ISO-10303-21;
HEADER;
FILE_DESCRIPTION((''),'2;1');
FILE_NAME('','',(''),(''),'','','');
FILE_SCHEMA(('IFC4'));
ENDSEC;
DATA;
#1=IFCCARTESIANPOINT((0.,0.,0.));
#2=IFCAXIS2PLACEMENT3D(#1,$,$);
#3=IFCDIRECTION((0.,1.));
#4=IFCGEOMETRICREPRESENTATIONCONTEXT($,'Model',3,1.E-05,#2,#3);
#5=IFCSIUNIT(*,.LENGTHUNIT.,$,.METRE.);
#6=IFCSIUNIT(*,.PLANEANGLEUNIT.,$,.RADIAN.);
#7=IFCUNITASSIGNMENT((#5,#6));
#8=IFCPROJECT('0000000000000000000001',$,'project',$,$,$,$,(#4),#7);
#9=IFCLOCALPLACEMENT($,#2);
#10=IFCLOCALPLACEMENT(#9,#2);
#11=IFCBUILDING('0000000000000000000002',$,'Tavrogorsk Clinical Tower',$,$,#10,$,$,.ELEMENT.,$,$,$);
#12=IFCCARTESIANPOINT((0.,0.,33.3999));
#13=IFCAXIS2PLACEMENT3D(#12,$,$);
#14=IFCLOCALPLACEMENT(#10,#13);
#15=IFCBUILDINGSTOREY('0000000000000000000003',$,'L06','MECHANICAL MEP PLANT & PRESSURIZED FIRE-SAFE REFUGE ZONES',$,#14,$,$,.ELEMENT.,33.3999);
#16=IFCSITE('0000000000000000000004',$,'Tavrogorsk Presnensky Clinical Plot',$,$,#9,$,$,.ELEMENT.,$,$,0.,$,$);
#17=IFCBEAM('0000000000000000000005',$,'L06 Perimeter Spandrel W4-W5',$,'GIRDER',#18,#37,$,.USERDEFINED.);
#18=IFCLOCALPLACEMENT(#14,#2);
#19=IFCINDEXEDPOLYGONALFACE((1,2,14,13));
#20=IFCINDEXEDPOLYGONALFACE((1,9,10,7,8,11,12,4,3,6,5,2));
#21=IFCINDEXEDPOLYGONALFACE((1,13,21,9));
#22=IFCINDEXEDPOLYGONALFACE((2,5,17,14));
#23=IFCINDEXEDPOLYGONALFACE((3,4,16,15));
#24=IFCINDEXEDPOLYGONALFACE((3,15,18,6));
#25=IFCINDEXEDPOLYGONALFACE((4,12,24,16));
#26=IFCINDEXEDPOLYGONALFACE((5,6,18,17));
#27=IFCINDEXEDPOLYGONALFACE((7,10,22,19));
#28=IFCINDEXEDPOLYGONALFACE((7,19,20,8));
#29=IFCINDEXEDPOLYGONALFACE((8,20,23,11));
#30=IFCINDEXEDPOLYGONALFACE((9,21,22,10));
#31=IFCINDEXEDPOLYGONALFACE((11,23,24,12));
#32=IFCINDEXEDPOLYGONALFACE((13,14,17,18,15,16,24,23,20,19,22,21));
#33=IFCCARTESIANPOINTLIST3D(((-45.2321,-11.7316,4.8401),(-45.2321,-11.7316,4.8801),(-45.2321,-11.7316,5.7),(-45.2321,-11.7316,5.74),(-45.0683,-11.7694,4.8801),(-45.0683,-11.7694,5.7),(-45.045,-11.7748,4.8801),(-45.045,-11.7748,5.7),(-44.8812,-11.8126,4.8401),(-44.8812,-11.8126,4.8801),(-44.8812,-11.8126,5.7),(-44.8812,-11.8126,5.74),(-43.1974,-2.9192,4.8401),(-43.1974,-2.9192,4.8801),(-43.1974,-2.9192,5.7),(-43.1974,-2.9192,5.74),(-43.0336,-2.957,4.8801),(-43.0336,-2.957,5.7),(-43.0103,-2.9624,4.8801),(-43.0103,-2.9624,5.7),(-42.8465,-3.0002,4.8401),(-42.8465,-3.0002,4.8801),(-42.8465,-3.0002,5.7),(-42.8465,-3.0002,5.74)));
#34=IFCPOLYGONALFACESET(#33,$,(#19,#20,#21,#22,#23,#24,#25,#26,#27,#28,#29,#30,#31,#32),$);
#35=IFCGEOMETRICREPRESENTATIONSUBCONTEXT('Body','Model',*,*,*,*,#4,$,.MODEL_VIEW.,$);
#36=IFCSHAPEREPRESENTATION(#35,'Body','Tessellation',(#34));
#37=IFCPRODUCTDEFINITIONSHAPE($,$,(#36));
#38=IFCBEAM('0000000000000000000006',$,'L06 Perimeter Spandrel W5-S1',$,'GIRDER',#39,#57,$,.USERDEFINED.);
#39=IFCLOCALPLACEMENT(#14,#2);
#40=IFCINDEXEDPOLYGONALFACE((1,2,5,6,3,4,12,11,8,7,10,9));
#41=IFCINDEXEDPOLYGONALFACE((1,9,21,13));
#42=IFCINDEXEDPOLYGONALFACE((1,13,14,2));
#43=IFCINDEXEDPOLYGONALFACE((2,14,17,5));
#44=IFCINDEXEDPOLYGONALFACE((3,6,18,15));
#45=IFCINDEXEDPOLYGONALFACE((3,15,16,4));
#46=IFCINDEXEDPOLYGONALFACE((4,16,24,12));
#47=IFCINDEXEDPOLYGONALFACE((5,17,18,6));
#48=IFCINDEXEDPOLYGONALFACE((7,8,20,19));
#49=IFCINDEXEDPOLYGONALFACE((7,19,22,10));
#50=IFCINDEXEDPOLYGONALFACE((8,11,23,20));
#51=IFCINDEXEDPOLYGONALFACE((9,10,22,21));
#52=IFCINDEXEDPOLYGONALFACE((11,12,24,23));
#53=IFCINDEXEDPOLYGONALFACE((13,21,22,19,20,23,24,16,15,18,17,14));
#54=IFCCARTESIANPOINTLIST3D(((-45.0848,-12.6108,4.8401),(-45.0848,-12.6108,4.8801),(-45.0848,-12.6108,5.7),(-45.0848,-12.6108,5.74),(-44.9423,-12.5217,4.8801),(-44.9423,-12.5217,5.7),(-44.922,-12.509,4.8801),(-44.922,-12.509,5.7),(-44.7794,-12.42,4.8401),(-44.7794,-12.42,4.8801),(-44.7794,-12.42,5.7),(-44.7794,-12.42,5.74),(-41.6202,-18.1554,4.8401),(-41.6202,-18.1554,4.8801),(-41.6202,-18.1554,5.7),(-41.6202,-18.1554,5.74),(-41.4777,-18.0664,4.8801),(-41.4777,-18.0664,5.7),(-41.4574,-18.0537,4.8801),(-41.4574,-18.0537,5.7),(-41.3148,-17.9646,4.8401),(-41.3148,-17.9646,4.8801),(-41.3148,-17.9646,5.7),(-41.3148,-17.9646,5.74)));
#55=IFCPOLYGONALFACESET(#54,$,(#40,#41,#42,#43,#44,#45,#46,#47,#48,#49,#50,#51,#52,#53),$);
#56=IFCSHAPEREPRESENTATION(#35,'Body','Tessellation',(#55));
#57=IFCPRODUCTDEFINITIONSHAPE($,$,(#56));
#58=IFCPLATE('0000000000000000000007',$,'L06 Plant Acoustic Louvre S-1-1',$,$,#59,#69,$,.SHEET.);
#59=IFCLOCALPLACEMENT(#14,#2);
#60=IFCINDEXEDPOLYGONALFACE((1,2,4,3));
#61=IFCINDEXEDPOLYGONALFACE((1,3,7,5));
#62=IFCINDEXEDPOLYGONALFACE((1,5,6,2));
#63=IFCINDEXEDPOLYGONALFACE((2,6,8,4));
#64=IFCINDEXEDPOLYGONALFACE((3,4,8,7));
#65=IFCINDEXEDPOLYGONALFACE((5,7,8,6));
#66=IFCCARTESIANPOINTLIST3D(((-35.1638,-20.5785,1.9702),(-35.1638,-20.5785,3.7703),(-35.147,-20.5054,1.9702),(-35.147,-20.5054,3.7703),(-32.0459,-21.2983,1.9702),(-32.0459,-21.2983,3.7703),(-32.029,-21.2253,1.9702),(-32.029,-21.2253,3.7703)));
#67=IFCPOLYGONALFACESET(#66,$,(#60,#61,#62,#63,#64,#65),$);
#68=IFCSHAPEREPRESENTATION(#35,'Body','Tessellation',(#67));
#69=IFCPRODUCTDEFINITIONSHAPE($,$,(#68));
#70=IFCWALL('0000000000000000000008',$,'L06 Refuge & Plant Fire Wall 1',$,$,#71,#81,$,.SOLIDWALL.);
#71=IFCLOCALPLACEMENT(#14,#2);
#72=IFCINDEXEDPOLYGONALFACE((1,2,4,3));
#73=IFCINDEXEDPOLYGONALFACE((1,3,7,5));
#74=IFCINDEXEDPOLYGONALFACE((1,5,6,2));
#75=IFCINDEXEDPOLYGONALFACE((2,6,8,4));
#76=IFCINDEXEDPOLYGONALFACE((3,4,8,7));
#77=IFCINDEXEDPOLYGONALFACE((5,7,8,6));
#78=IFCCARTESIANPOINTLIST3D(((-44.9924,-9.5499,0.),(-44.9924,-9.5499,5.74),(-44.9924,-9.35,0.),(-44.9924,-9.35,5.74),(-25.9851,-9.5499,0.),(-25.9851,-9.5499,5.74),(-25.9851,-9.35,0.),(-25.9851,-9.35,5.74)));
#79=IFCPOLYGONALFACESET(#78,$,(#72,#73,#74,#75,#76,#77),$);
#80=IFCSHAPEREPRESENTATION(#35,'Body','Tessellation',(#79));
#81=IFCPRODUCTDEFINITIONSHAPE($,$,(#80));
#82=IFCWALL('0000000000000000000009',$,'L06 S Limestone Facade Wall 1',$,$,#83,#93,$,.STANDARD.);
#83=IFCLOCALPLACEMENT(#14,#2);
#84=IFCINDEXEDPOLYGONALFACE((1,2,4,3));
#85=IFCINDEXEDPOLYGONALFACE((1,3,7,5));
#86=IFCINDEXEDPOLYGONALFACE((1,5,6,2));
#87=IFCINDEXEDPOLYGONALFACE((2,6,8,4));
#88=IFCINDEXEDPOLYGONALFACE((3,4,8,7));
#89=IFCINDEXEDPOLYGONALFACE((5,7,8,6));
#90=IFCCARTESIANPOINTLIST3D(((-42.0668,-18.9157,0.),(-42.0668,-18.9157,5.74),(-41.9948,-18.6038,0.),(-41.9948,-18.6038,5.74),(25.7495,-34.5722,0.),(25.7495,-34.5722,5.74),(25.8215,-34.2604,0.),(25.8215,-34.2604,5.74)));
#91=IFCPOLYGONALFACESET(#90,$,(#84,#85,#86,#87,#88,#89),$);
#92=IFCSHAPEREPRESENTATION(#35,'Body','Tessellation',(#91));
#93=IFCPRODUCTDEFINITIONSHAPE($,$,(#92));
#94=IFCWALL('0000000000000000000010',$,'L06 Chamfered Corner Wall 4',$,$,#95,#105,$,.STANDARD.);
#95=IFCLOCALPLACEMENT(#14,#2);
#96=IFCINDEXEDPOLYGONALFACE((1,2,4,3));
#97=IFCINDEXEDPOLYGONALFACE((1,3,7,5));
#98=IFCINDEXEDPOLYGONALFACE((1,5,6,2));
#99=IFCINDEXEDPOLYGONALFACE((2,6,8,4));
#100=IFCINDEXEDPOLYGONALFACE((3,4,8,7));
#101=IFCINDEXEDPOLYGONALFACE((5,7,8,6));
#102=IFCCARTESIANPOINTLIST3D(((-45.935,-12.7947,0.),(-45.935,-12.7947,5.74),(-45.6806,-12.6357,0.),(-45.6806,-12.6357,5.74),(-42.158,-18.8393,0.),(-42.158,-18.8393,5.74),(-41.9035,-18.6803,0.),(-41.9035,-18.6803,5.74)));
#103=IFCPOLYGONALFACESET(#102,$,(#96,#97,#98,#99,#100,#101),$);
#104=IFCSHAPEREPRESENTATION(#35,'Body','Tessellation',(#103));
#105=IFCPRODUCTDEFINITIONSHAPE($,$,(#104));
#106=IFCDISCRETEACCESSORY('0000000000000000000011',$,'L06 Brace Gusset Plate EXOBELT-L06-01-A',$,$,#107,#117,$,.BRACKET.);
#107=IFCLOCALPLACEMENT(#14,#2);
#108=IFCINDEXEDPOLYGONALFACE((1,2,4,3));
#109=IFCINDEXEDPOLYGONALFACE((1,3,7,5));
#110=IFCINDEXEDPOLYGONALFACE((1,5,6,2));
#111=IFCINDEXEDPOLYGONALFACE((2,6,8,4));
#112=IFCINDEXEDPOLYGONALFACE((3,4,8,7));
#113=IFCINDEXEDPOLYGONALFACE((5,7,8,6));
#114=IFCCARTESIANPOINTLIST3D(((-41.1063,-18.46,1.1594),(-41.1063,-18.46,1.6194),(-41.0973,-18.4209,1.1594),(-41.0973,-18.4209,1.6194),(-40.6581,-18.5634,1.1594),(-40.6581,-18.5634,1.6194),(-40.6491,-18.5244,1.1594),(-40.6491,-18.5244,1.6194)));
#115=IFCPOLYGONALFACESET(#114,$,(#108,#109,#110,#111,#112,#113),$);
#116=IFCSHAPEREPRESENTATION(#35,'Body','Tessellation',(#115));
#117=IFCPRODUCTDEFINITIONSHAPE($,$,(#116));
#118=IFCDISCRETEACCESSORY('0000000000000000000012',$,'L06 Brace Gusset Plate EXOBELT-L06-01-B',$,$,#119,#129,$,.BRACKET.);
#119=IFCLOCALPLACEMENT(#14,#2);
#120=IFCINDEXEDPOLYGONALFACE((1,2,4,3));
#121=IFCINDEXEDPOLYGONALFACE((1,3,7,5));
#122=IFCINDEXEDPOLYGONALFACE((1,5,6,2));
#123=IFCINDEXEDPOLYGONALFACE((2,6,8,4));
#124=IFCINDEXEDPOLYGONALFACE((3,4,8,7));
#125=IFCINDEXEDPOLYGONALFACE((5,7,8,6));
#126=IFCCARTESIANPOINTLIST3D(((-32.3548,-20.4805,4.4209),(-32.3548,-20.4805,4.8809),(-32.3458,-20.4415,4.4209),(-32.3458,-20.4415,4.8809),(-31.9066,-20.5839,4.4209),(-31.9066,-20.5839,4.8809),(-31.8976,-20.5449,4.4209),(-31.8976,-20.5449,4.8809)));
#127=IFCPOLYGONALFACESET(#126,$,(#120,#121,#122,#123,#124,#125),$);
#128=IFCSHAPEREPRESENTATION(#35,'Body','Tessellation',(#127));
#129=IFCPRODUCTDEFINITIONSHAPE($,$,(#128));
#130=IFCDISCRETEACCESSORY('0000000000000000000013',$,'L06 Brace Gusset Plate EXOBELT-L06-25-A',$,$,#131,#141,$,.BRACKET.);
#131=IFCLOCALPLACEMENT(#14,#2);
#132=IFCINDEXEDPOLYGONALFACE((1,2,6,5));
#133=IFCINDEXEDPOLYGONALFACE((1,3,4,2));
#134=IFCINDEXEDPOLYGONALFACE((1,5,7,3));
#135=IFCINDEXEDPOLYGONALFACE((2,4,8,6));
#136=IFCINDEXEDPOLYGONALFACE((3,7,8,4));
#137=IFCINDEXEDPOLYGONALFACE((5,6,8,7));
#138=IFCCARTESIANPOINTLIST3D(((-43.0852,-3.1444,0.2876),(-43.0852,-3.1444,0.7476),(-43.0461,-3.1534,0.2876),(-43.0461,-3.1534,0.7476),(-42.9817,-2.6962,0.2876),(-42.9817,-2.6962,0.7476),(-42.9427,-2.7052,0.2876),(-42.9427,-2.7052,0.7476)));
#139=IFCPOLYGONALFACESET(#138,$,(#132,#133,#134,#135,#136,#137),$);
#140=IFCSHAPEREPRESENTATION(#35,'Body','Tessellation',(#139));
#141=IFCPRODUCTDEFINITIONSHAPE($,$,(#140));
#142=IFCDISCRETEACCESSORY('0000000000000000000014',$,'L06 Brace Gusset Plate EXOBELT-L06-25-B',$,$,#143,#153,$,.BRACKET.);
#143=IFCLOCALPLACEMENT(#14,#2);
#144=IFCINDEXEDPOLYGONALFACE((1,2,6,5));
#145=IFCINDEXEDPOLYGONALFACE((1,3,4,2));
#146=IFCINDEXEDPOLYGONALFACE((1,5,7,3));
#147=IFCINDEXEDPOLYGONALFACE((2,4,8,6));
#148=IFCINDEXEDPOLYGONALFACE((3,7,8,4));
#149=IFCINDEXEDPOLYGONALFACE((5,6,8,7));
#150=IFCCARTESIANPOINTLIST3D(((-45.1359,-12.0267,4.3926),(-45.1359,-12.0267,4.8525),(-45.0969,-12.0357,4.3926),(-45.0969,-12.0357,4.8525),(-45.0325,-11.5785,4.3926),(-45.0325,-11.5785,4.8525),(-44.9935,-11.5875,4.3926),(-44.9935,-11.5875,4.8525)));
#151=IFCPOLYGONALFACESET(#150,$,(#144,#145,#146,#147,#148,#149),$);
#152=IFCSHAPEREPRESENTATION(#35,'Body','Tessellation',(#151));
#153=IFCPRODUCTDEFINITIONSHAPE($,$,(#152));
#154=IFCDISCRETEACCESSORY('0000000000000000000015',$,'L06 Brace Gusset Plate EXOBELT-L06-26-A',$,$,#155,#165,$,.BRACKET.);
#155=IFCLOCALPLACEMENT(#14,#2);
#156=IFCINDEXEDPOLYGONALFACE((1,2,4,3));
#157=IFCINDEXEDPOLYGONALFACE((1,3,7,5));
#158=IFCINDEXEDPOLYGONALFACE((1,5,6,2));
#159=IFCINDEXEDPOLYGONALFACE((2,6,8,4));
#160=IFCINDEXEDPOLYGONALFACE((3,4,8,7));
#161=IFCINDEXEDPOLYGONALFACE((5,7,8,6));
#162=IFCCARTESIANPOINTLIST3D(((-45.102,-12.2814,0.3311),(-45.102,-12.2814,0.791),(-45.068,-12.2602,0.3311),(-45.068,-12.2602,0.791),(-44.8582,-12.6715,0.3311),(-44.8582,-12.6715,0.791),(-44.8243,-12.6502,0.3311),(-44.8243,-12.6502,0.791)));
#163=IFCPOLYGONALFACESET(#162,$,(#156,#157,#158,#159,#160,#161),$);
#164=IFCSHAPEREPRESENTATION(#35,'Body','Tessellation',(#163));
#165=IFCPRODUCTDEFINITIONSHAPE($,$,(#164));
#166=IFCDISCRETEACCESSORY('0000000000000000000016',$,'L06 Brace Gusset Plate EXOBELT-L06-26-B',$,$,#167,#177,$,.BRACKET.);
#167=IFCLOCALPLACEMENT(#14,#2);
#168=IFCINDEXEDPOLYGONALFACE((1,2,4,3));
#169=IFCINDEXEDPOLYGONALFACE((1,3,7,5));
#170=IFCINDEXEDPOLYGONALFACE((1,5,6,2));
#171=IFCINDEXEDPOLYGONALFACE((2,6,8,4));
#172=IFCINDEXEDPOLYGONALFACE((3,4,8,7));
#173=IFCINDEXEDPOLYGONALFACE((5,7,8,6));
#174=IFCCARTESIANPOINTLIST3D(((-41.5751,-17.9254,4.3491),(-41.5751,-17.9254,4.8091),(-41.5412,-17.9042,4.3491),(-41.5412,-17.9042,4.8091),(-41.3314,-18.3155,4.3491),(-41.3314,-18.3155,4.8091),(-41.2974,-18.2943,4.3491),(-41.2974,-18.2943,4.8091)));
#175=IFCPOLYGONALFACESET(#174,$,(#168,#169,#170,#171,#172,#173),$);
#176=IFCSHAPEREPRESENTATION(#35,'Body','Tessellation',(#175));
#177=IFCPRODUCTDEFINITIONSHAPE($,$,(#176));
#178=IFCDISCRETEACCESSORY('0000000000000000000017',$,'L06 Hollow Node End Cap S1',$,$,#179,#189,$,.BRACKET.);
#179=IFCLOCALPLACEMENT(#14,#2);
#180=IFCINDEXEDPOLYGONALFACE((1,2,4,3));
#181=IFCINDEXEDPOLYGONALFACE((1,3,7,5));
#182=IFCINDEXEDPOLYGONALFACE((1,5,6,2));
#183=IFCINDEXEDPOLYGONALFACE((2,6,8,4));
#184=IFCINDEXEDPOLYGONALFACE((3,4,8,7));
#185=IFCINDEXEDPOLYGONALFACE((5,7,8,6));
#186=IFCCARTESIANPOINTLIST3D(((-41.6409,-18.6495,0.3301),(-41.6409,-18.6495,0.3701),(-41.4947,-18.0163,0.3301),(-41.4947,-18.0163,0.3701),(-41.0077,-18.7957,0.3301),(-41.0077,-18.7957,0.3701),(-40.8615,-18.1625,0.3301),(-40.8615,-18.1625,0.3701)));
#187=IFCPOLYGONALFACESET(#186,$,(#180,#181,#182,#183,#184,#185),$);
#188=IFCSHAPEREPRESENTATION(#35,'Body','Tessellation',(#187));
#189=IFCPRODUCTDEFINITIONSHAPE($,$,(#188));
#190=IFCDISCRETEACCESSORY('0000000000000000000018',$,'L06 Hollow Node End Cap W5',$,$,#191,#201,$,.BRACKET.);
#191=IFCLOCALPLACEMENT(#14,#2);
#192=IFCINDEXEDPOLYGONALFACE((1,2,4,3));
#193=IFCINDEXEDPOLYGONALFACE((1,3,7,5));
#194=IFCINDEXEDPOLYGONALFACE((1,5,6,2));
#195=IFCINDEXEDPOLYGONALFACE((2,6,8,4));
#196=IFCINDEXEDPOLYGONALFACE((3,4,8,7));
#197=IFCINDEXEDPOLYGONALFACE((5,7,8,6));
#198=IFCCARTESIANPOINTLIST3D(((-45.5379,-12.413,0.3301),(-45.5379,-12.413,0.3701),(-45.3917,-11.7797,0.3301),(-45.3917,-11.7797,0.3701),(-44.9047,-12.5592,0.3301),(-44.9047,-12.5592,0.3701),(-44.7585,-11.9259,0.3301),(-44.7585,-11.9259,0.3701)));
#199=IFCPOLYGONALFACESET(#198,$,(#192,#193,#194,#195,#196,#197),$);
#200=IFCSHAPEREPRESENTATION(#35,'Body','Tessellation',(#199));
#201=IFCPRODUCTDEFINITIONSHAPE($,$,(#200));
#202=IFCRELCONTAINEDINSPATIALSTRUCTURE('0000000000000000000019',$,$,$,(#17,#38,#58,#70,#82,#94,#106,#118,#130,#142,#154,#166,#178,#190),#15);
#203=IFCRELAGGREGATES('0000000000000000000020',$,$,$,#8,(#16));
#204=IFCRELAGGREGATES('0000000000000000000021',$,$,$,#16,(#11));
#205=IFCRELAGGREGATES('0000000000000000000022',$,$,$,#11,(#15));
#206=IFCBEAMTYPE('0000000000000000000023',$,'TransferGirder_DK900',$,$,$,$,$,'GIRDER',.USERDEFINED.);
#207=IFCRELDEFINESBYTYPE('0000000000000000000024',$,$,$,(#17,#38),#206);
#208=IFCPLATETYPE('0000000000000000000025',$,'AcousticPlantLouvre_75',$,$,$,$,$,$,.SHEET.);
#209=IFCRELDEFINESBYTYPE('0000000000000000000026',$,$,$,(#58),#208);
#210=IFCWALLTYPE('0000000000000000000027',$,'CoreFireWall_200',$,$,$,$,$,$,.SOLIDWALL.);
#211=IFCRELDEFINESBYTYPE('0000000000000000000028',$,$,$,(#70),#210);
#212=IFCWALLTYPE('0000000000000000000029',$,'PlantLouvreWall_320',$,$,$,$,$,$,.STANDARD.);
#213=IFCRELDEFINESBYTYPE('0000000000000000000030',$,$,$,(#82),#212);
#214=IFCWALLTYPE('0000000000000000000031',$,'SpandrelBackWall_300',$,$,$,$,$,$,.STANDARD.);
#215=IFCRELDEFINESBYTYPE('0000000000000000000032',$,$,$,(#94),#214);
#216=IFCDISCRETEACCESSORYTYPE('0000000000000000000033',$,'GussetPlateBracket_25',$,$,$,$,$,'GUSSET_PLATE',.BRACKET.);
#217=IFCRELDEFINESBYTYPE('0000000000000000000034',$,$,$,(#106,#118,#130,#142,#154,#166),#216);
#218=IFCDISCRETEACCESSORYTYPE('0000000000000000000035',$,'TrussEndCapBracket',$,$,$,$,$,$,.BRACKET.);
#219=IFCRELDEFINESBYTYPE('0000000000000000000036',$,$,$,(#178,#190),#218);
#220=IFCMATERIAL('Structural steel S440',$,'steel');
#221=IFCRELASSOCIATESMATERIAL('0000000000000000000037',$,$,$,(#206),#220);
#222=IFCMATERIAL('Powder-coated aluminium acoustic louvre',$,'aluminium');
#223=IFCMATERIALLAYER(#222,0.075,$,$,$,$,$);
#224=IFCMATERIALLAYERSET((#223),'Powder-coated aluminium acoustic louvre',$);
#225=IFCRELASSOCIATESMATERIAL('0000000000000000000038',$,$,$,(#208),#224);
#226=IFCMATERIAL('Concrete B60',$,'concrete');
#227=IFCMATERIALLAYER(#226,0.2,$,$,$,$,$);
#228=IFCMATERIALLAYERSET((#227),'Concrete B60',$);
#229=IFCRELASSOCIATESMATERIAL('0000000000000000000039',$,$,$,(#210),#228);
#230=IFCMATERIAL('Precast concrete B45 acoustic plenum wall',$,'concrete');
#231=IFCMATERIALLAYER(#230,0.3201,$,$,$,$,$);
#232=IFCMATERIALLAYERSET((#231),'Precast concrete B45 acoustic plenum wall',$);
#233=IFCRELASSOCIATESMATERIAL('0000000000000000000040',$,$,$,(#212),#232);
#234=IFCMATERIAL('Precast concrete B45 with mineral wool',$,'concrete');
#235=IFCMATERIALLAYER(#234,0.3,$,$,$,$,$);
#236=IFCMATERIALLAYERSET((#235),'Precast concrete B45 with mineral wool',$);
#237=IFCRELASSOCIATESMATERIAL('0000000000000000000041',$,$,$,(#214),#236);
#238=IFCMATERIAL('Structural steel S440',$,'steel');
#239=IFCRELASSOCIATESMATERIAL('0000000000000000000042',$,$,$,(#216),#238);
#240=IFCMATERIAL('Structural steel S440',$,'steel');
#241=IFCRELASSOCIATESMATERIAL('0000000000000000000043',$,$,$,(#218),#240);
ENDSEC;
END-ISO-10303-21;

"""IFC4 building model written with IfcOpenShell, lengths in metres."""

from ifc_helpers import new_model, si_unit, direction, frame, frame_2d, origin, origin_2d, place, context, subcontext, project, spatial, rectangle, i_section, extrude, material, layer, layer_set, material_profile, profile_set, type_object, element, save


model = new_model("IFC4")

# Units and contexts
model_context = context("Model", 3, precision=1e-05, world=origin(), true_north=direction((0.0, 1.0)))
body_context = subcontext(model_context, "Body", "Model", "MODEL_VIEW")
ifc_project = project(units=[si_unit("LENGTHUNIT", "METRE"), si_unit("PLANEANGLEUNIT", "RADIAN")], contexts=[model_context])

# Site, building, storey
site_placement = place(None, origin())
site = spatial("IfcSite", under=ifc_project, at=site_placement, Name="Tavrogorsk Presnensky Clinical Plot", CompositionType="ELEMENT", RefElevation=0.0)
building_placement = place(site_placement, origin())
building = spatial("IfcBuilding", under=site, at=building_placement, Name="Tavrogorsk Clinical Tower", CompositionType="ELEMENT")
storey_placement = place(building_placement, frame((0.0, 0.0, 33.3999)))
storey = spatial("IfcBuildingStorey", under=building, at=storey_placement, Name="L06", Description="MECHANICAL MEP PLANT & PRESSURIZED FIRE-SAFE REFUGE ZONES", CompositionType="ELEMENT", Elevation=33.3999)

# Beams
ifc_material_1 = material(Name="Structural steel S440", Category="steel")
ifc_material_profile_1 = material_profile(ifc_material_1, i_section(OverallWidth=0.3601, OverallDepth=0.8999, WebThickness=0.0239, FlangeThickness=0.04, at=origin_2d()), Name="DK-900x360x24x40")
ifc_profile_set_1 = profile_set([ifc_material_profile_1], Name="Structural steel S440")
beam_type = type_object("IfcBeamType", Name="TransferGirder_DK900", ElementType="GIRDER", PredefinedType="USERDEFINED", material=ifc_profile_set_1)
beam_1_placement = place(storey_placement, frame((-43.022, -2.9597, 5.29), z_axis=(-0.224972, -0.974365, 0.0), x_axis=(0.974365, -0.224972, 0.0)))
element("IfcBeam", 1, at=beam_1_placement, inside=storey, type_object=beam_type, Name="L06 Perimeter Spandrel W4-W5", ObjectType="GIRDER", PredefinedType="USERDEFINED", context=body_context, shape_type="SweptSolid", body=[
    extrude(i_section(OverallWidth=0.3601, OverallDepth=0.8999, WebThickness=0.0239, FlangeThickness=0.04, at=origin_2d()), origin(), (0.0, 0.0, 1.0), 9.0442),
])
beam_2_placement = place(storey_placement, frame((-44.9321, -12.5154, 5.29), z_axis=(0.529908, -0.848055, 0.0), x_axis=(0.848055, 0.529908, 0.0)))
element("IfcBeam", 2, at=beam_2_placement, inside=storey, type_object=beam_type, Name="L06 Perimeter Spandrel W5-S1", ObjectType="GIRDER", PredefinedType="USERDEFINED", context=body_context, shape_type="SweptSolid", body=[
    extrude(i_section(OverallWidth=0.3601, OverallDepth=0.8999, WebThickness=0.0239, FlangeThickness=0.04, at=origin_2d()), origin(), (0.0, 0.0, 1.0), 6.5381),
])

# Plate
ifc_material_2 = material(Name="Powder-coated aluminium acoustic louvre", Category="aluminium")
ifc_layer_1 = layer(ifc_material_2, 0.075)
ifc_layer_set_1 = layer_set([ifc_layer_1], Name="Powder-coated aluminium acoustic louvre")
plate_type = type_object("IfcPlateType", Name="AcousticPlantLouvre_75", PredefinedType="SHEET", material=ifc_layer_set_1)
plate_placement = place(storey_placement, frame((-33.5964, -20.9019, 1.9702), z_axis=(0.0, 0.0, 1.0), x_axis=(0.97437, -0.224951, 0.0)))
element("IfcPlate", 3, at=plate_placement, inside=storey, type_object=plate_type, Name="L06 Plant Acoustic Louvre S-1-1", PredefinedType="SHEET", context=body_context, shape_type="SweptSolid", body=[
    extrude(rectangle(XDim=3.2, YDim=0.075, at=origin_2d()), origin(), (0.0, 0.0, 1.0), 1.8),
])

# Walls
ifc_material_3 = material(Name="Concrete B60", Category="concrete")
ifc_layer_2 = layer(ifc_material_3, 0.2)
ifc_layer_set_2 = layer_set([ifc_layer_2], Name="Concrete B60")
wall_type_1 = type_object("IfcWallType", Name="CoreFireWall_200", PredefinedType="SOLIDWALL", material=ifc_layer_set_2)
wall_1_placement = place(storey_placement, frame((-44.9924, -9.45, 0.0), z_axis=(0.0, 0.0, 1.0), x_axis=(1.0, 0.0, 0.0)))
element("IfcWall", 4, at=wall_1_placement, inside=storey, type_object=wall_type_1, Name="L06 Refuge & Plant Fire Wall 1", PredefinedType="SOLIDWALL", context=body_context, shape_type="SweptSolid", body=[
    extrude(rectangle(XDim=19.0073, YDim=0.2, at=frame_2d((9.5037, 0.0))), origin(), (0.0, 0.0, 1.0), 5.74),
])
ifc_material_4 = material(Name="Precast concrete B45 acoustic plenum wall", Category="concrete")
ifc_layer_3 = layer(ifc_material_4, 0.3201)
ifc_layer_set_3 = layer_set([ifc_layer_3], Name="Precast concrete B45 acoustic plenum wall")
wall_type_2 = type_object("IfcWallType", Name="PlantLouvreWall_320", PredefinedType="STANDARD", material=ifc_layer_set_3)
wall_2_placement = place(storey_placement, frame((-42.0308, -18.7598, 0.0), z_axis=(0.0, 0.0, 1.0), x_axis=(0.97437, -0.22495, 0.0)))
element("IfcWall", 5, at=wall_2_placement, inside=storey, type_object=wall_type_2, Name="L06 S Limestone Facade Wall 1", PredefinedType="STANDARD", context=body_context, shape_type="SweptSolid", body=[
    extrude(rectangle(XDim=69.6001, YDim=0.3201, at=frame_2d((34.8, 0.0))), origin(), (0.0, 0.0, 1.0), 5.74),
])
ifc_material_5 = material(Name="Precast concrete B45 with mineral wool", Category="concrete")
ifc_layer_4 = layer(ifc_material_5, 0.3)
ifc_layer_set_4 = layer_set([ifc_layer_4], Name="Precast concrete B45 with mineral wool")
wall_type_3 = type_object("IfcWallType", Name="SpandrelBackWall_300", PredefinedType="STANDARD", material=ifc_layer_set_4)
wall_3_placement = place(storey_placement, frame((-45.8079, -12.7151, 0.0), z_axis=(0.0, 0.0, 1.0), x_axis=(0.529916, -0.84805, 0.0)))
element("IfcWall", 6, at=wall_3_placement, inside=storey, type_object=wall_type_3, Name="L06 Chamfered Corner Wall 4", PredefinedType="STANDARD", context=body_context, shape_type="SweptSolid", body=[
    extrude(rectangle(XDim=7.1277, YDim=0.3, at=frame_2d((3.564, 0.0))), origin(), (0.0, 0.0, 1.0), 5.74),
])

# Discrete accessories
ifc_material_6 = material(Name="Structural steel S440", Category="steel")
discrete_accessory_type_1 = type_object("IfcDiscreteAccessoryType", Name="GussetPlateBracket_25", ElementType="GUSSET_PLATE", PredefinedType="BRACKET", material=ifc_material_6)
for number, where, z_axis, x_axis, name in (
    (7, (-40.8777, -18.4922, 1.1594), (0.0, 0.0, 1.0), (0.97437, -0.224951, 0.0), "L06 Brace Gusset Plate EXOBELT-L06-01-A"),
    (8, (-32.1262, -20.5127, 4.4209), (0.0, 0.0, 1.0), (0.97437, -0.224951, 0.0), "L06 Brace Gusset Plate EXOBELT-L06-01-B"),
    (9, (-43.0139, -2.9248, 0.2876), (0.0, 0.0, 1.0), (-0.224951, -0.97437, 0.0), "L06 Brace Gusset Plate EXOBELT-L06-25-A"),
    (10, (-45.0647, -11.8071, 4.3926), (0.0, 0.0, 1.0), (-0.224951, -0.97437, 0.0), "L06 Brace Gusset Plate EXOBELT-L06-25-B"),
    (11, (-44.9631, -12.4658, 0.3311), (0.0, 0.0, 1.0), (0.529919, -0.848048, 0.0), "L06 Brace Gusset Plate EXOBELT-L06-26-A"),
    (12, (-41.4363, -18.1099, 4.3491), (0.0, 0.0, 1.0), (0.529919, -0.848048, 0.0), "L06 Brace Gusset Plate EXOBELT-L06-26-B"),
):
    element("IfcDiscreteAccessory", number, at=place(storey_placement, frame(where, z_axis=z_axis, x_axis=x_axis)), inside=storey, type_object=discrete_accessory_type_1, Name=name, PredefinedType="BRACKET", context=body_context, shape_type="SweptSolid", body=[
        extrude(rectangle(XDim=0.46, YDim=0.04, at=origin_2d()), origin(), (0.0, 0.0, 1.0), 0.46),
    ])
ifc_material_7 = material(Name="Structural steel S440", Category="steel")
discrete_accessory_type_2 = type_object("IfcDiscreteAccessoryType", Name="TrussEndCapBracket", PredefinedType="BRACKET", material=ifc_material_7)
for number, where, z_axis, x_axis, name in (
    (13, (-41.2512, -18.406, 0.3301), (0.0, 0.0, 1.0), (0.97437, -0.224951, 0.0), "L06 Hollow Node End Cap S1"),
    (14, (-45.1482, -12.1694, 0.3301), (0.0, 0.0, 1.0), (0.97437, -0.224951, 0.0), "L06 Hollow Node End Cap W5"),
):
    element("IfcDiscreteAccessory", number, at=place(storey_placement, frame(where, z_axis=z_axis, x_axis=x_axis)), inside=storey, type_object=discrete_accessory_type_2, Name=name, PredefinedType="BRACKET", context=body_context, shape_type="SweptSolid", body=[
        extrude(rectangle(XDim=0.6499, YDim=0.6499, at=origin_2d()), origin(), (0.0, 0.0, 1.0), 0.04),
    ])

save(model, "model.ifc")
